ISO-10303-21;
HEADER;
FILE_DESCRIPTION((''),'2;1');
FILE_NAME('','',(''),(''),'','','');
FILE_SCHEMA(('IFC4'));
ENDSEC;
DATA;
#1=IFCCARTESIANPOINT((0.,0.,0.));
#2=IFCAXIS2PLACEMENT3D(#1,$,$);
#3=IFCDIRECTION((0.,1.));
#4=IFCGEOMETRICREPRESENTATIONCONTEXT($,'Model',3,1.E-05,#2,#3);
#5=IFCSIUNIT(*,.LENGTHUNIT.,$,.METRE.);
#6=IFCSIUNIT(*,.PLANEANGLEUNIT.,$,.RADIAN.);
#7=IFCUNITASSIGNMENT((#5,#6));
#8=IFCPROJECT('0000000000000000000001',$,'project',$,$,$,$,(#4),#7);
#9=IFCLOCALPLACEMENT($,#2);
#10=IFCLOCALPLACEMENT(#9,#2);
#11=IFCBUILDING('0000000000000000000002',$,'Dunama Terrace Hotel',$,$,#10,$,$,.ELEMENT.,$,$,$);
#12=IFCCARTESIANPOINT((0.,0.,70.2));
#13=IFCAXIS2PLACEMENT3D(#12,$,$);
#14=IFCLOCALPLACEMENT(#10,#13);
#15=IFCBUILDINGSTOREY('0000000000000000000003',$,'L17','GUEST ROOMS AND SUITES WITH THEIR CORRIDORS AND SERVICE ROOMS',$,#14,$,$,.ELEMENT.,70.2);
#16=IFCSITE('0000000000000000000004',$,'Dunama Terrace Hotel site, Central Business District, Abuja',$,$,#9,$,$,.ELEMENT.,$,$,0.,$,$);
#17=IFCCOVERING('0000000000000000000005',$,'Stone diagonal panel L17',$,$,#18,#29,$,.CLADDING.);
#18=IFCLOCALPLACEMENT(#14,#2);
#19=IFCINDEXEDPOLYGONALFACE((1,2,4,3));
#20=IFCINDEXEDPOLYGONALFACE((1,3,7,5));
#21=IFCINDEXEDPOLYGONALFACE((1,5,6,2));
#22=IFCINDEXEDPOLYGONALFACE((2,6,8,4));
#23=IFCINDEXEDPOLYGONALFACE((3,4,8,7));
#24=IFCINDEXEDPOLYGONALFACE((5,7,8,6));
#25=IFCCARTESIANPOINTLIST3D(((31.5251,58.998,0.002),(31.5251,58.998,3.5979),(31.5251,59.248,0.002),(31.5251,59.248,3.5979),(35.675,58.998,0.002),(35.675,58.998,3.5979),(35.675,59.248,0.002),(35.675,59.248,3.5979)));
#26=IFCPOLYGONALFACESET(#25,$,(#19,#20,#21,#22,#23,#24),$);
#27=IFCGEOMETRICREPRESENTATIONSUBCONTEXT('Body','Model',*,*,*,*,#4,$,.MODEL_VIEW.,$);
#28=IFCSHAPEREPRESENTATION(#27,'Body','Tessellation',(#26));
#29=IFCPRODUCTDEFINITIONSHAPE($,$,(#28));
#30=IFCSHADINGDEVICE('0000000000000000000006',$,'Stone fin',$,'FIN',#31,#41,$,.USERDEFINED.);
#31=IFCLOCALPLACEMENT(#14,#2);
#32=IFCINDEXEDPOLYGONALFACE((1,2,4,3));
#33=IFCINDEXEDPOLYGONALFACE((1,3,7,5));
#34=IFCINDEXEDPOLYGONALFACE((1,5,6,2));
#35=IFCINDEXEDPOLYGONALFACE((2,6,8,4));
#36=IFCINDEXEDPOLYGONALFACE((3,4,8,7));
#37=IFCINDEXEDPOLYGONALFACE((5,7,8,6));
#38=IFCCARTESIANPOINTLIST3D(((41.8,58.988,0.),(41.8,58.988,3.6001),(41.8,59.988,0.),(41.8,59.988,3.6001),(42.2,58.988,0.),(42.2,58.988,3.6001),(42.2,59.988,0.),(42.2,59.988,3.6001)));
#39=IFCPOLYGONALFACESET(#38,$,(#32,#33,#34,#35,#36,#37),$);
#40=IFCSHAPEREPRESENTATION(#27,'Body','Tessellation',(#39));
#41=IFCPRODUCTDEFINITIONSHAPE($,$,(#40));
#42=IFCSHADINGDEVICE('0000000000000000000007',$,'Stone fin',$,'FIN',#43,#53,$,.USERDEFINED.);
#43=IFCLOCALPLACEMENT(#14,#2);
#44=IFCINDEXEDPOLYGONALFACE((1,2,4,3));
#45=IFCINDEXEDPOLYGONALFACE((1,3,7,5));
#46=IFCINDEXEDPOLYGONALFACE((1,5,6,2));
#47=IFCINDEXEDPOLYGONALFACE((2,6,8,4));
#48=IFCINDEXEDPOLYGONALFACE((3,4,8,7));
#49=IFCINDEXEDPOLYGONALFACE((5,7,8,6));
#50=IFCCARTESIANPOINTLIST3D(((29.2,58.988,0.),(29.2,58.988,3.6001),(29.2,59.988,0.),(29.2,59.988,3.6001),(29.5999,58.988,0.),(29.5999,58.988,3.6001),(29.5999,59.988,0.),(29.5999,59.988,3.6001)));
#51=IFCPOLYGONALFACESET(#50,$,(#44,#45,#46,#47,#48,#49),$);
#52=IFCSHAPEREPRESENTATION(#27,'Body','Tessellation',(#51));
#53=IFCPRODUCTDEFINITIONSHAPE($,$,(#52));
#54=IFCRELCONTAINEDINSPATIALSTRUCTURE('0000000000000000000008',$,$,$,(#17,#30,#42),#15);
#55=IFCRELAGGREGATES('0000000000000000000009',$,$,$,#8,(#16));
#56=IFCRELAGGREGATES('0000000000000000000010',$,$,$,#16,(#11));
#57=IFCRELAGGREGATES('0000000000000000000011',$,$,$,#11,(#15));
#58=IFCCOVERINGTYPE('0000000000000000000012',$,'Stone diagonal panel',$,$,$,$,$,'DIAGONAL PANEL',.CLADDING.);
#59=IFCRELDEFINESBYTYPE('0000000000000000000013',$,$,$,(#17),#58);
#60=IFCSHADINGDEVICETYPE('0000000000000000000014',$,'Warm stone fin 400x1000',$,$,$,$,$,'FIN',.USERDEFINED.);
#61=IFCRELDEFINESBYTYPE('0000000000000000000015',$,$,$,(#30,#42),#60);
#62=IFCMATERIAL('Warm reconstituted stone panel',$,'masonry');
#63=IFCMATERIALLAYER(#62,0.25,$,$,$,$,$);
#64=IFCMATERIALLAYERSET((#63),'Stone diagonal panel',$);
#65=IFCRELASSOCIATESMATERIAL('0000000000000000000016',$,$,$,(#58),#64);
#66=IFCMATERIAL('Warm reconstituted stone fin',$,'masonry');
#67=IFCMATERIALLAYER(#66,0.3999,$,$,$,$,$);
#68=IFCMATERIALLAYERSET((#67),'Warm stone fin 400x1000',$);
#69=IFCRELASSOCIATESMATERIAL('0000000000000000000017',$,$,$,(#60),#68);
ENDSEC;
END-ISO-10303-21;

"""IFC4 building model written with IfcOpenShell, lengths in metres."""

from ifc_helpers import new_model, si_unit, direction, frame, origin, origin_2d, place, context, subcontext, project, spatial, rectangle, extrude, material, layer, layer_set, type_object, element, save


model = new_model("IFC4")

# Units and contexts
model_context = context("Model", 3, precision=1e-05, world=origin(), true_north=direction((0.0, 1.0)))
body_context = subcontext(model_context, "Body", "Model", "MODEL_VIEW")
ifc_project = project(units=[si_unit("LENGTHUNIT", "METRE"), si_unit("PLANEANGLEUNIT", "RADIAN")], contexts=[model_context])

# Site, building, storey
site_placement = place(None, origin())
site = spatial("IfcSite", under=ifc_project, at=site_placement, Name="Dunama Terrace Hotel site, Central Business District, Abuja", CompositionType="ELEMENT", RefElevation=0.0)
building_placement = place(site_placement, origin())
building = spatial("IfcBuilding", under=site, at=building_placement, Name="Dunama Terrace Hotel", CompositionType="ELEMENT")
storey_placement = place(building_placement, frame((0.0, 0.0, 70.2)))
storey = spatial("IfcBuildingStorey", under=building, at=storey_placement, Name="L17", Description="GUEST ROOMS AND SUITES WITH THEIR CORRIDORS AND SERVICE ROOMS", CompositionType="ELEMENT", Elevation=70.2)

# Covering
ifc_material_1 = material(Name="Warm reconstituted stone panel", Category="masonry")
ifc_layer_1 = layer(ifc_material_1, 0.25)
ifc_layer_set_1 = layer_set([ifc_layer_1], Name="Stone diagonal panel")
covering_type = type_object("IfcCoveringType", Name="Stone diagonal panel", ElementType="DIAGONAL PANEL", PredefinedType="CLADDING", material=ifc_layer_set_1)
for number, where, z_axis, x_axis, name in (
    (1, (33.6001, 59.123, 0.002), (0.0, 0.0, 1.0), (-1.0, 0.0, 0.0), "Stone diagonal panel L17"),
):
    element("IfcCovering", number, at=place(storey_placement, frame(where, z_axis=z_axis, x_axis=x_axis)), inside=storey, type_object=covering_type, Name=name, PredefinedType="CLADDING", context=body_context, shape_type="SweptSolid", body=[
        extrude(rectangle(XDim=4.1499, YDim=0.25, at=origin_2d()), origin(), (0.0, 0.0, 1.0), 3.5959),
    ])

# Shading devices
ifc_material_2 = material(Name="Warm reconstituted stone fin", Category="masonry")
ifc_layer_2 = layer(ifc_material_2, 0.3999)
ifc_layer_set_2 = layer_set([ifc_layer_2], Name="Warm stone fin 400x1000")
shading_device_type = type_object("IfcShadingDeviceType", Name="Warm stone fin 400x1000", ElementType="FIN", PredefinedType="USERDEFINED", material=ifc_layer_set_2)
for number, where, z_axis, x_axis, name in (
    (2, (42.0, 59.488, 0.0), (0.0, 0.0, 1.0), (-1.0, 0.0, 0.0), "Stone fin"),
    (3, (29.3999, 59.488, 0.0), (0.0, 0.0, 1.0), (-1.0, 0.0, 0.0), "Stone fin"),
):
    element("IfcShadingDevice", number, at=place(storey_placement, frame(where, z_axis=z_axis, x_axis=x_axis)), inside=storey, type_object=shading_device_type, Name=name, ObjectType="FIN", PredefinedType="USERDEFINED", context=body_context, shape_type="SweptSolid", body=[
        extrude(rectangle(XDim=0.3999, YDim=1.0, at=origin_2d()), origin(), (0.0, 0.0, 1.0), 3.6001),
    ])

save(model, "model.ifc")
